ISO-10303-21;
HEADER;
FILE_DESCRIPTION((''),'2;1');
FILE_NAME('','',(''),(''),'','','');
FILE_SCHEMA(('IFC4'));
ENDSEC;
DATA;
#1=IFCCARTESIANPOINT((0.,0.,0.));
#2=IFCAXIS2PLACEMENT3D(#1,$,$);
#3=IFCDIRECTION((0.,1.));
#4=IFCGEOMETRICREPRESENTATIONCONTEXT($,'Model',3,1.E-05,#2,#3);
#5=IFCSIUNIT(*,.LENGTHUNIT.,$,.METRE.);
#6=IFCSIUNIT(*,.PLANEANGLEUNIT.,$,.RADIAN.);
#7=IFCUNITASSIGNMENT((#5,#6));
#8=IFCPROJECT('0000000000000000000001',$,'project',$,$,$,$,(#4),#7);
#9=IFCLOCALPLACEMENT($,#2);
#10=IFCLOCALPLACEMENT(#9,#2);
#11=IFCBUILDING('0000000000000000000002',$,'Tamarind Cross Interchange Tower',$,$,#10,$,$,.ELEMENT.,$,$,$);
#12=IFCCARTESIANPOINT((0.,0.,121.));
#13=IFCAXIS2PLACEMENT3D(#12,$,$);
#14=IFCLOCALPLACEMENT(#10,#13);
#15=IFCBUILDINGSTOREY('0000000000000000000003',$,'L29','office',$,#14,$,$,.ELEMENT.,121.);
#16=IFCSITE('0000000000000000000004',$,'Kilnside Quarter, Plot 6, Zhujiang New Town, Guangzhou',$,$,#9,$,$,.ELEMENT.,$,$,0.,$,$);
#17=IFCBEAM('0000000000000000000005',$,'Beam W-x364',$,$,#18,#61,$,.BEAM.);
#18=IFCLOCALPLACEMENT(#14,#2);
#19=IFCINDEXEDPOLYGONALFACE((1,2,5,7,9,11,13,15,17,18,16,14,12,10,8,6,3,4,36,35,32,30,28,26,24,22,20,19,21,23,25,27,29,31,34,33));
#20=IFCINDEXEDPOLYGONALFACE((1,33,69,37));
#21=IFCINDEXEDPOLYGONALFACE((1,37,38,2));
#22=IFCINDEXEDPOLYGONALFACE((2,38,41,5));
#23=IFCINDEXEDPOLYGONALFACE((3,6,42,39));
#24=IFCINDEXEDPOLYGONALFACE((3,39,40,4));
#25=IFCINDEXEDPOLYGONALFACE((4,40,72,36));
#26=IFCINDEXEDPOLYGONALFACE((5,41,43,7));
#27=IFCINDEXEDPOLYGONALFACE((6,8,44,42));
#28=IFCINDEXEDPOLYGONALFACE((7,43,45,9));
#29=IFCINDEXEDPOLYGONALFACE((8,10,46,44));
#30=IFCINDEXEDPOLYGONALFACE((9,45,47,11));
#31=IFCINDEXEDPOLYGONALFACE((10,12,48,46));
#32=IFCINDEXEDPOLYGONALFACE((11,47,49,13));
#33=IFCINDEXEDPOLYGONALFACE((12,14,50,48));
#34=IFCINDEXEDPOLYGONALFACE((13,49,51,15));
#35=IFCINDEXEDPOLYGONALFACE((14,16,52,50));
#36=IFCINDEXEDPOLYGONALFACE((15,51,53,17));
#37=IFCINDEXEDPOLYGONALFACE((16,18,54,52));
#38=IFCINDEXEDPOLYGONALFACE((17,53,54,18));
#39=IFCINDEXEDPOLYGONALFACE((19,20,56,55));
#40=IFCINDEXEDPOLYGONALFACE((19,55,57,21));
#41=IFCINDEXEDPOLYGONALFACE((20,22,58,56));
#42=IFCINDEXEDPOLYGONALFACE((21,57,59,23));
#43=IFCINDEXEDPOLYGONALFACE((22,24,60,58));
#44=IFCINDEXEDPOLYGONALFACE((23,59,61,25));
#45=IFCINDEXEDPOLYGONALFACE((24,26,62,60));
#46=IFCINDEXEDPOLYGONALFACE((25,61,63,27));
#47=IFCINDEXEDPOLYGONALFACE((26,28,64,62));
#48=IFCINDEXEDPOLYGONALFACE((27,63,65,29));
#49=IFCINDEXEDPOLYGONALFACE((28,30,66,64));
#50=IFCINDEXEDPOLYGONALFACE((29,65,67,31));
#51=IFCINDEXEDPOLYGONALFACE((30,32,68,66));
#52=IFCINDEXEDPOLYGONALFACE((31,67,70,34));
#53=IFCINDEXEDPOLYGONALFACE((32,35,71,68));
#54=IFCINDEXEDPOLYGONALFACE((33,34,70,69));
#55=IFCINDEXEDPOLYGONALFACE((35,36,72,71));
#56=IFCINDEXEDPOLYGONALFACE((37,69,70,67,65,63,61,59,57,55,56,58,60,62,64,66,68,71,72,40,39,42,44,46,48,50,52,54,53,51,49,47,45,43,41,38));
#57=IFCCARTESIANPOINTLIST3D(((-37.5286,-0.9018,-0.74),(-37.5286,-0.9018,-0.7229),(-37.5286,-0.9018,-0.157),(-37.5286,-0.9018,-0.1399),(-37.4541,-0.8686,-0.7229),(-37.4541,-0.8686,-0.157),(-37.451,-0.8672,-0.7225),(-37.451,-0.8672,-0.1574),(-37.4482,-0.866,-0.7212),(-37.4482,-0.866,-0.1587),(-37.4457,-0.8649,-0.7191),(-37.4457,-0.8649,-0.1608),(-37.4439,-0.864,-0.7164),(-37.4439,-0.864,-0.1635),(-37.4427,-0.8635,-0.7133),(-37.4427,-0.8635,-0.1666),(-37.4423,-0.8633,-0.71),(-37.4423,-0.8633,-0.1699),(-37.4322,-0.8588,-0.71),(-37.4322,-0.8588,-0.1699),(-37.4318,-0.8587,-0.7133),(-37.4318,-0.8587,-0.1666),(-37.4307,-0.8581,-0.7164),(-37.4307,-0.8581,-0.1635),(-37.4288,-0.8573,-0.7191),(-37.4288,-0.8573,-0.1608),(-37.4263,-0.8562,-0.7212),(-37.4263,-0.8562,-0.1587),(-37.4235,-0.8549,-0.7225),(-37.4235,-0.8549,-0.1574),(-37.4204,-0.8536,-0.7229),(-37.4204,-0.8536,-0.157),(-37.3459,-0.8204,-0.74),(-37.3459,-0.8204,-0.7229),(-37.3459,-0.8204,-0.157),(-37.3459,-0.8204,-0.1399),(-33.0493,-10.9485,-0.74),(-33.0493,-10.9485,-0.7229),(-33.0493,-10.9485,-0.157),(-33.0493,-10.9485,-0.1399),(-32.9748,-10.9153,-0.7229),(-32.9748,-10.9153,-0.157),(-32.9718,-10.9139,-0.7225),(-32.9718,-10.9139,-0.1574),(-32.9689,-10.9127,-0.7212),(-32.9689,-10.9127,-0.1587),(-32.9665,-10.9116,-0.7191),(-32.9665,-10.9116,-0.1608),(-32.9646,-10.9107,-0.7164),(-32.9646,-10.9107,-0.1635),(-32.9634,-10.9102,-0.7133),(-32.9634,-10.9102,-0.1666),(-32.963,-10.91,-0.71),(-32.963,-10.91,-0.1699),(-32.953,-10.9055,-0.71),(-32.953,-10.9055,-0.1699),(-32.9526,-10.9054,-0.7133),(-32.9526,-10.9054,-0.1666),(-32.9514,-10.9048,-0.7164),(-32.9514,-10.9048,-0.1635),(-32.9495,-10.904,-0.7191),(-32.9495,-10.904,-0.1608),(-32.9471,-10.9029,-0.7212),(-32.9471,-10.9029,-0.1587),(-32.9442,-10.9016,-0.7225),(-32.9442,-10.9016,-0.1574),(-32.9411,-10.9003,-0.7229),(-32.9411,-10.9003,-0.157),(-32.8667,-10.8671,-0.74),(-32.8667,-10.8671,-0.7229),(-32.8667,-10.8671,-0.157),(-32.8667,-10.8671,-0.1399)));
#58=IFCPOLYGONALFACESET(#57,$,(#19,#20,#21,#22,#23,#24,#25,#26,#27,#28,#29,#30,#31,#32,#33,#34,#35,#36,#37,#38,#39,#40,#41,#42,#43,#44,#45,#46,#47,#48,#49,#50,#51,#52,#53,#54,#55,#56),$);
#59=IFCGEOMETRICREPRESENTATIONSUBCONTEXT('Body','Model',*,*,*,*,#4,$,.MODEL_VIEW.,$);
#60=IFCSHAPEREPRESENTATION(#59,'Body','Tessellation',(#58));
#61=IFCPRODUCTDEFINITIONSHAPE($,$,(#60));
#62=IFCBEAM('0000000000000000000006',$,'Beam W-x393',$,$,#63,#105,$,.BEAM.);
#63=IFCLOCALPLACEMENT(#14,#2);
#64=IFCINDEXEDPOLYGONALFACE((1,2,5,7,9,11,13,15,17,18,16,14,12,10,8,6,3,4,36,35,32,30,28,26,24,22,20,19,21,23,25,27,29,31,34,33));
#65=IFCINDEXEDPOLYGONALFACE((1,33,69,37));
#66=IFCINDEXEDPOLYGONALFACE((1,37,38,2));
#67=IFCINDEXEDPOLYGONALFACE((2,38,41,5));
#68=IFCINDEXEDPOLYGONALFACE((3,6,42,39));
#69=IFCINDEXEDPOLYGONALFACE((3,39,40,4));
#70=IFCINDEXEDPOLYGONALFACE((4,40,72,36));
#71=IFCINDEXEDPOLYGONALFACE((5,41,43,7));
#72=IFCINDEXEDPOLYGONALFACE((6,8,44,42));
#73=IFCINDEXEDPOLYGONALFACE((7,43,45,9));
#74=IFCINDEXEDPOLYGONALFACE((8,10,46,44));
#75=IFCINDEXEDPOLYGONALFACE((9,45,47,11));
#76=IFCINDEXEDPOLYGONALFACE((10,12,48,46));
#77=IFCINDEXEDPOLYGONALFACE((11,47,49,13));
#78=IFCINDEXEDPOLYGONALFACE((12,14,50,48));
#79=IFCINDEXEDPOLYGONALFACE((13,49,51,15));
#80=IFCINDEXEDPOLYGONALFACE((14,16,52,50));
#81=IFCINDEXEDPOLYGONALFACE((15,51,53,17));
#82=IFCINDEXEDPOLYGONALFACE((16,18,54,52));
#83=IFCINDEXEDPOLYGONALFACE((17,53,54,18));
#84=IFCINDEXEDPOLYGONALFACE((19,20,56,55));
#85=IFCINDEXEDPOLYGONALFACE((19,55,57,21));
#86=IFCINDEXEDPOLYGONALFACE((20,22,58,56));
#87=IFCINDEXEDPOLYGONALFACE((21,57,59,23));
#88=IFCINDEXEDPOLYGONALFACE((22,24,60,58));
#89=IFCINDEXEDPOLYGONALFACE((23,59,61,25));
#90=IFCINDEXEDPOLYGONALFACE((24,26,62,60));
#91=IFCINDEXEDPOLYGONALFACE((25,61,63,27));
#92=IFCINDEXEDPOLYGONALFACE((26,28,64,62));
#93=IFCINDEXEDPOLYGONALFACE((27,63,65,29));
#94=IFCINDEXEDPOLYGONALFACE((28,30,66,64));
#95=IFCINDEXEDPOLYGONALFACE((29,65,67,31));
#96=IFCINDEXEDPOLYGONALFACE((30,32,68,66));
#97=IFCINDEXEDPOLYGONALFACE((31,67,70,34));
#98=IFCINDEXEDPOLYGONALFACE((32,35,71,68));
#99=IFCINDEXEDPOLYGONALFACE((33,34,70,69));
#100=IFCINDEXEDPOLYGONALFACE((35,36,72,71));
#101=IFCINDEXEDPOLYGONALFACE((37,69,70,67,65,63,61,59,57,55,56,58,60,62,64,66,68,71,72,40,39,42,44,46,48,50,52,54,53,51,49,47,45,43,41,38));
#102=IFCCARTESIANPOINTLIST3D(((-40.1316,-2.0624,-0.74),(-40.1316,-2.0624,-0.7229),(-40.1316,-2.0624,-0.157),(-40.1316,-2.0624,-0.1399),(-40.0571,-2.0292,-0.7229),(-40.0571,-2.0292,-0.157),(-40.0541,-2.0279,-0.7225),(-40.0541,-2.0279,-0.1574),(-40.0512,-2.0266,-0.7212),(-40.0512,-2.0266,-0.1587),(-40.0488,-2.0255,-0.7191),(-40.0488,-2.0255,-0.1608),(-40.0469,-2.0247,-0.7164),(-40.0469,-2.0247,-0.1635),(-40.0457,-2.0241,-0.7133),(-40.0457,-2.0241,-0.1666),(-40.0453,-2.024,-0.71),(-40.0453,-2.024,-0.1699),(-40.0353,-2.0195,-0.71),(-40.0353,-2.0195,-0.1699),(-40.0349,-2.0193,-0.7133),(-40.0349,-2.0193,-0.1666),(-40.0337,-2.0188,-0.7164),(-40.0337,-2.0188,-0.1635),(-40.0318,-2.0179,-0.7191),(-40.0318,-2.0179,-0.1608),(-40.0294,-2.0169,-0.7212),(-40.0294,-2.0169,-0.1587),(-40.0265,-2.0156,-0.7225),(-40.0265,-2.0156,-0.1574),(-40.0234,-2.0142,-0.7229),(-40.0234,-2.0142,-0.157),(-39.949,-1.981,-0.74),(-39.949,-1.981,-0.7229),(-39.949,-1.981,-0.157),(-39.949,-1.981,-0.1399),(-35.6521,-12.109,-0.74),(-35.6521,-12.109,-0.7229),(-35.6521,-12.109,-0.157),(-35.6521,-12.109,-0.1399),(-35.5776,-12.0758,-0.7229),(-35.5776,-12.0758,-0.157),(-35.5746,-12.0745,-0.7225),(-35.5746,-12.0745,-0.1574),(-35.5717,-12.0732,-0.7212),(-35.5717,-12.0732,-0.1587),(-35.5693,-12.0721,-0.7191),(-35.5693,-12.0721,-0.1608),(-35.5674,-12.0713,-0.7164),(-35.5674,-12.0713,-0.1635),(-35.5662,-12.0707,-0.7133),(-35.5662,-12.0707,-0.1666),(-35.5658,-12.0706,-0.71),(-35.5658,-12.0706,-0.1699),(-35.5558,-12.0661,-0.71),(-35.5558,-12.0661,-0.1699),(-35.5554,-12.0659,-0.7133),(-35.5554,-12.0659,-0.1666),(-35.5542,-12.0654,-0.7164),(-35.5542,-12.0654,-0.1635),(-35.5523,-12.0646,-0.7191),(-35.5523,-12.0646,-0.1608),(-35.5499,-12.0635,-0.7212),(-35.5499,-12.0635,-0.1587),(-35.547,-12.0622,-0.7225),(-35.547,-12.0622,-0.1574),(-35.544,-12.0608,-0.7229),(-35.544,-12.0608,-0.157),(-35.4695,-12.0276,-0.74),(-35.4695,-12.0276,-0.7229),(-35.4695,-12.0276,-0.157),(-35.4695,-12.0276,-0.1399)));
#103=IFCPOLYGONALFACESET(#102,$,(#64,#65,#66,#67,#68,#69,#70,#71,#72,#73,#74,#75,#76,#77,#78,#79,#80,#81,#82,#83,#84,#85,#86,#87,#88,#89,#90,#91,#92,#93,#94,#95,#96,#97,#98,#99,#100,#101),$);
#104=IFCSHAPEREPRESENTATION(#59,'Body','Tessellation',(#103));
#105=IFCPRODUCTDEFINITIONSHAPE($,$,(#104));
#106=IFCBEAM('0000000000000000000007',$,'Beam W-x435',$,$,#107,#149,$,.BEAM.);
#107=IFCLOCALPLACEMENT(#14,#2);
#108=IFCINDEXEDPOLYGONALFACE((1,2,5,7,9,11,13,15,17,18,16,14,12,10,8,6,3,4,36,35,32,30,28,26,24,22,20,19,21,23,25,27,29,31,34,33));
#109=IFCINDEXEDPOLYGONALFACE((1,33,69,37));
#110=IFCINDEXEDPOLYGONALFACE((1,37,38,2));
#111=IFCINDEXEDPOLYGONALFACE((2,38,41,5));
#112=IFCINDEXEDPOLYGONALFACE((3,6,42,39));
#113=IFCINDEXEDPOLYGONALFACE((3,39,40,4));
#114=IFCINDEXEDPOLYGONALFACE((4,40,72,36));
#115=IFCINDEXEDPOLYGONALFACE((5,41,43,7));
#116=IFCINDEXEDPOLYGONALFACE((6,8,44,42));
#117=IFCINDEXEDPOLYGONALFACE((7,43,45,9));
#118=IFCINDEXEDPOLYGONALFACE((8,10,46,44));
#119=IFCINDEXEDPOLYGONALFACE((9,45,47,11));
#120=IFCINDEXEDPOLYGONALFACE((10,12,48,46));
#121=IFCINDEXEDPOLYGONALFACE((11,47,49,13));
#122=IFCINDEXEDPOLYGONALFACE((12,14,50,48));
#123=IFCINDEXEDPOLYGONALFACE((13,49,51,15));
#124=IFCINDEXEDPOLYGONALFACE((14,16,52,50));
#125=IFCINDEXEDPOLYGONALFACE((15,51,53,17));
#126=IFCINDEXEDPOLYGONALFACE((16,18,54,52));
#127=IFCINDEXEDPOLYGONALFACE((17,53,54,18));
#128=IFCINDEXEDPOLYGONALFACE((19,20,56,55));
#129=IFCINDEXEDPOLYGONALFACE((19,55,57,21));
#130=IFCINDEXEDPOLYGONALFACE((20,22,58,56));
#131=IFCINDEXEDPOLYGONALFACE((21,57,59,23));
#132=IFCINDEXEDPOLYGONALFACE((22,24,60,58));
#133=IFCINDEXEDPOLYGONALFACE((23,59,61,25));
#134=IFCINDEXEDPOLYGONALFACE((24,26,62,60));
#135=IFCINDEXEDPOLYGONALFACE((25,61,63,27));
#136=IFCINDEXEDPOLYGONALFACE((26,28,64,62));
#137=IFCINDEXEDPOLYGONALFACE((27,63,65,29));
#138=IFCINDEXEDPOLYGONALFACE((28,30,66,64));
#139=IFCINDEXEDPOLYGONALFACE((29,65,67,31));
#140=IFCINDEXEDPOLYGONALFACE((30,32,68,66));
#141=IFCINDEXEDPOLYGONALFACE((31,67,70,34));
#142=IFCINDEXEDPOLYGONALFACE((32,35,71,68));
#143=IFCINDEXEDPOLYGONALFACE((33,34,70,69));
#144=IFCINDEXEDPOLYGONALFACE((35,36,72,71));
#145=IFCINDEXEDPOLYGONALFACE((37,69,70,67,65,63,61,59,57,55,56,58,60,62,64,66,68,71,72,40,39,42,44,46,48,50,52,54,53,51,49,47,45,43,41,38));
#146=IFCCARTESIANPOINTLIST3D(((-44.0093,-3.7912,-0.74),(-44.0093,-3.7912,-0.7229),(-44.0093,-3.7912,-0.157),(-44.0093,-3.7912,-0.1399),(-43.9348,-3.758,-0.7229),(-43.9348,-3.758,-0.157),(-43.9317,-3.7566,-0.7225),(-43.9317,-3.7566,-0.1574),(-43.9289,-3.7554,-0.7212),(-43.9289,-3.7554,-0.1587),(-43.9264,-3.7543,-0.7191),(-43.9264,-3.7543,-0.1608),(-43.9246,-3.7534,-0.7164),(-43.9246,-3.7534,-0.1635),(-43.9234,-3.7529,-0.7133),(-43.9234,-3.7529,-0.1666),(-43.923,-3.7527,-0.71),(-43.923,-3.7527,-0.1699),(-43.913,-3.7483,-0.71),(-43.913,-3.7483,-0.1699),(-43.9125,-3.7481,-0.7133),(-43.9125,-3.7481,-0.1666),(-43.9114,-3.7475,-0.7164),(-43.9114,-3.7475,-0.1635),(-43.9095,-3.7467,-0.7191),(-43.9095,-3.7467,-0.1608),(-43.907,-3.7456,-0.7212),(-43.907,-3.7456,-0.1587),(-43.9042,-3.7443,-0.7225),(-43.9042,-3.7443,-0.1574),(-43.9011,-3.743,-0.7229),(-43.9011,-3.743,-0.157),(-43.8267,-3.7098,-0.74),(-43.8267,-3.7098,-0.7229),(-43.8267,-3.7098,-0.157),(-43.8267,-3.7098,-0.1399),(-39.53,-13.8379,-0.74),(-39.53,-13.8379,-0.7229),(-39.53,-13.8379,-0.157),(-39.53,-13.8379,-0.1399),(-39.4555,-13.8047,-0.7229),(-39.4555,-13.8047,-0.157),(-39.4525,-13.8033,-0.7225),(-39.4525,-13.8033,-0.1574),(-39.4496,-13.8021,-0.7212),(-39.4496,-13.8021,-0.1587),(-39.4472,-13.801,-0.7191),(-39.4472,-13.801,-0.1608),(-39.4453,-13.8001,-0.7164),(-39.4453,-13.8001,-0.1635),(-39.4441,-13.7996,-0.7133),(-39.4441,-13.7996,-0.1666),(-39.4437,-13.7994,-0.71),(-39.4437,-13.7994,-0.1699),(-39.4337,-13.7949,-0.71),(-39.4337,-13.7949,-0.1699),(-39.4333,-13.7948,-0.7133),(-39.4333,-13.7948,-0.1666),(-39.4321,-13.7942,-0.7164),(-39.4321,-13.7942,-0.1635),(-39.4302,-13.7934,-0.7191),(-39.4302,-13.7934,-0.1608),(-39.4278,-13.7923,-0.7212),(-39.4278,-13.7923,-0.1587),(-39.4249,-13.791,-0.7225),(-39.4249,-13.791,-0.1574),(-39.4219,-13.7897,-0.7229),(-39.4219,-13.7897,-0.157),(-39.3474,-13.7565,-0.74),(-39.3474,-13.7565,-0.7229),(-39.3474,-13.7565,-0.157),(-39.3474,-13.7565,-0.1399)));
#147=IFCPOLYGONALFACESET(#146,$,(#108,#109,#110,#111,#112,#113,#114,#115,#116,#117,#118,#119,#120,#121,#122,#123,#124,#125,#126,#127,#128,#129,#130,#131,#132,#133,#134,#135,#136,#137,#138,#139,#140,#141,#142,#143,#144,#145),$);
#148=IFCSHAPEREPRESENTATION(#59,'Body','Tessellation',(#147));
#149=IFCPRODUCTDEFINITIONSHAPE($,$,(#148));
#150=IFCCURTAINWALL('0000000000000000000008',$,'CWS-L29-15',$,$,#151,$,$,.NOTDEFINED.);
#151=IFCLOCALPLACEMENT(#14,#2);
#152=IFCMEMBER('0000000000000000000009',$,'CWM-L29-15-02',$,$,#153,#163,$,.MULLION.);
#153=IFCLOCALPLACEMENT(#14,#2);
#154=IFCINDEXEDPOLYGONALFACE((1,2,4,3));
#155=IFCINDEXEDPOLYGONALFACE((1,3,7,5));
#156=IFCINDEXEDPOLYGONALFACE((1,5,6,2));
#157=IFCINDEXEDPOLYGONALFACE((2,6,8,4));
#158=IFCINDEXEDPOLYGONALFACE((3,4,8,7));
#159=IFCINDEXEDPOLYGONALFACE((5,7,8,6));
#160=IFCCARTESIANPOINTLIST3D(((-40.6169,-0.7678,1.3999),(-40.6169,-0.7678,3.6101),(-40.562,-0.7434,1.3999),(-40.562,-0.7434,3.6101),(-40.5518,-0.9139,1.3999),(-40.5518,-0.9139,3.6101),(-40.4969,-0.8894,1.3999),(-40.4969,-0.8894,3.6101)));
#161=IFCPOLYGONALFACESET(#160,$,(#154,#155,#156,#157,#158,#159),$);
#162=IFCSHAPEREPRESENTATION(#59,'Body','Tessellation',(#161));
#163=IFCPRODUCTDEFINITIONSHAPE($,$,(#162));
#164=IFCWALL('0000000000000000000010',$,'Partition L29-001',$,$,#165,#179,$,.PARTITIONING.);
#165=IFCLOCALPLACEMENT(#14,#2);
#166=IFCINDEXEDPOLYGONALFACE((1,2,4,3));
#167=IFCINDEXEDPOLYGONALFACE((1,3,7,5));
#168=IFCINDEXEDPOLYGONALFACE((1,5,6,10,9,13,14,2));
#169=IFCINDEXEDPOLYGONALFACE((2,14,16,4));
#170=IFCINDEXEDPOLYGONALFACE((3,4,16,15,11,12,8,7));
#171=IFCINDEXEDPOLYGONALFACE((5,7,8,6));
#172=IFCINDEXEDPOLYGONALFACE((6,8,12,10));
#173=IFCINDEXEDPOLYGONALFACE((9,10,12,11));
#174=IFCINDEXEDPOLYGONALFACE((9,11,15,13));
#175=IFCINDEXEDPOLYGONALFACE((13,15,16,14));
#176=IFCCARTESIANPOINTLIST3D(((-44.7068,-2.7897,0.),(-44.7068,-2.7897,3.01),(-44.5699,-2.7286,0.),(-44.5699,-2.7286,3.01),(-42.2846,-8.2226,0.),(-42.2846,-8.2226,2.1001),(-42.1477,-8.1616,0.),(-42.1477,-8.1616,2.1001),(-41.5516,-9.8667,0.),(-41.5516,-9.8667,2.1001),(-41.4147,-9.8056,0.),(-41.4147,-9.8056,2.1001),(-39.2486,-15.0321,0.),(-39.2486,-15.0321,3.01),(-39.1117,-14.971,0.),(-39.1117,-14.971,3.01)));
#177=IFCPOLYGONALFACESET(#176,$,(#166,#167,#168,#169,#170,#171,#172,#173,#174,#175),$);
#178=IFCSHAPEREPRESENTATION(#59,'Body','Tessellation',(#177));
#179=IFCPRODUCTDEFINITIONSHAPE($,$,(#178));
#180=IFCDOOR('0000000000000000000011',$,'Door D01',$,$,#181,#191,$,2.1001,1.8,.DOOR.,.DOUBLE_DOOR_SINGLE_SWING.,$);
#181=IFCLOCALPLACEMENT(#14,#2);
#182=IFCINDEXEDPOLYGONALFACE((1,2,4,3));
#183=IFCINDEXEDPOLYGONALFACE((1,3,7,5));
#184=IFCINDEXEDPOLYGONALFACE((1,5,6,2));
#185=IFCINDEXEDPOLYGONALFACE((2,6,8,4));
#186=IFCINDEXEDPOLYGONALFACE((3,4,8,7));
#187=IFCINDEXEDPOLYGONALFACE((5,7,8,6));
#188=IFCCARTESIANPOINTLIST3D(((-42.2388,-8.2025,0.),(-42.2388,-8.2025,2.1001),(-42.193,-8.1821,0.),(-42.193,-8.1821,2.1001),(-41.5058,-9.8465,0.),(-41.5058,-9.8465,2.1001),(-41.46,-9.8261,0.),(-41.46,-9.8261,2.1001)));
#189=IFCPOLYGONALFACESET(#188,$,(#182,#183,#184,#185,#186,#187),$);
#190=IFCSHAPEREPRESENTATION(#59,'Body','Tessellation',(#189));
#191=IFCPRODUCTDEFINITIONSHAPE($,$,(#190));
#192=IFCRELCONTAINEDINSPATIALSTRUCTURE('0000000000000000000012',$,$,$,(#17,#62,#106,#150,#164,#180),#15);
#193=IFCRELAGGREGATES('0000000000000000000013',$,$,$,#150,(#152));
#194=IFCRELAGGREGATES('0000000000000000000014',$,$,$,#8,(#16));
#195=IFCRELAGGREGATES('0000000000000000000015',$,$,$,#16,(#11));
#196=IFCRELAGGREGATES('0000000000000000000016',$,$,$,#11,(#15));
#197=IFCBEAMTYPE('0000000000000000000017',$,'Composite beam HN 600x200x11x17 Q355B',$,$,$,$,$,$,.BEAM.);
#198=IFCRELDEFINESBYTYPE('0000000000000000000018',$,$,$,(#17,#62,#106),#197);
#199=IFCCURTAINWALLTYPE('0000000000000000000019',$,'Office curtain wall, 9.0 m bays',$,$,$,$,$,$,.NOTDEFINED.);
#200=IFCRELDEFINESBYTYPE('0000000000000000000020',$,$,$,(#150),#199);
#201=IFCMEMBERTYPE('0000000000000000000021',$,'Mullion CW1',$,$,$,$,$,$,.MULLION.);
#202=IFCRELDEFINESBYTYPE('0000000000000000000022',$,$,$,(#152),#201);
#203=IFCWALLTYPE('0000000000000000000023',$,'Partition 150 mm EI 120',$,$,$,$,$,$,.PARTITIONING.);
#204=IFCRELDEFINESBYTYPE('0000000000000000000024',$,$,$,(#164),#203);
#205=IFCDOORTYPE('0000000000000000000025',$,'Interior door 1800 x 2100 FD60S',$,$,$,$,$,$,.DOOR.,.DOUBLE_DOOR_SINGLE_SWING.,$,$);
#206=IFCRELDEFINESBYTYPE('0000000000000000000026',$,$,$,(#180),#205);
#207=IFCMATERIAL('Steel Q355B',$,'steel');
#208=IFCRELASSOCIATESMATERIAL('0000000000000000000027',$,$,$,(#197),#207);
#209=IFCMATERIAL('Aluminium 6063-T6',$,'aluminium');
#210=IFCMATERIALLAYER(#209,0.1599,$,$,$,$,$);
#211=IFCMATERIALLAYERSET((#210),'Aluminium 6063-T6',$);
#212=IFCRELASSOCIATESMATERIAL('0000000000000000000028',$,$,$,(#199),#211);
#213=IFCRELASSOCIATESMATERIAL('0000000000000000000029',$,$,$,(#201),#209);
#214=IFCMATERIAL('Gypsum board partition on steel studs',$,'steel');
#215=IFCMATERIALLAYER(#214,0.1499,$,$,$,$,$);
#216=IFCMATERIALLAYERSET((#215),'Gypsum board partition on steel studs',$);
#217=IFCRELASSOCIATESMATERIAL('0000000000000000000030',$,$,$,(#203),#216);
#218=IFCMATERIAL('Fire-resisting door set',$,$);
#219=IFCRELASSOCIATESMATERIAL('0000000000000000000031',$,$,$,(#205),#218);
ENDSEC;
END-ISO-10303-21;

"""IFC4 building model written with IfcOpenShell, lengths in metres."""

from ifc_helpers import new_model, si_unit, direction, frame, frame_2d, origin, origin_2d, place, context, subcontext, project, spatial, rectangle, i_section, extrude, material, layer, layer_set, material_profile, profile_set, type_object, element, fill, aggregate, save


model = new_model("IFC4")

# Units and contexts
model_context = context("Model", 3, precision=1e-05, world=origin(), true_north=direction((0.0, 1.0)))
body_context = subcontext(model_context, "Body", "Model", "MODEL_VIEW")
ifc_project = project(units=[si_unit("LENGTHUNIT", "METRE"), si_unit("PLANEANGLEUNIT", "RADIAN")], contexts=[model_context])

# Site, building, storey
site_placement = place(None, origin())
site = spatial("IfcSite", under=ifc_project, at=site_placement, Name="Kilnside Quarter, Plot 6, Zhujiang New Town, Guangzhou", CompositionType="ELEMENT", RefElevation=0.0)
building_placement = place(site_placement, origin())
building = spatial("IfcBuilding", under=site, at=building_placement, Name="Tamarind Cross Interchange Tower", CompositionType="ELEMENT")
storey_placement = place(building_placement, frame((0.0, 0.0, 121.0)))
storey = spatial("IfcBuildingStorey", under=building, at=storey_placement, Name="L29", Description="office", CompositionType="ELEMENT", Elevation=121.0)

# Beams
ifc_material_1 = material(Name="Steel Q355B", Category="steel")
ifc_material_profile_1 = material_profile(ifc_material_1, i_section(OverallWidth=0.2, OverallDepth=0.6001, WebThickness=0.011, FlangeThickness=0.0171, FilletRadius=0.0129, at=origin_2d()), Name="HN 600x200x11x17")
ifc_profile_set_1 = profile_set([ifc_material_profile_1], Name="Steel Q355B")
beam_type_1 = type_object("IfcBeamType", Name="Composite beam HN 600x200x11x17 Q355B", PredefinedType="BEAM", material=ifc_profile_set_1)
for number, where, z_axis, x_axis, name in (
    (1, (-37.4373, -0.8611, -0.4399), (0.407207, -0.913336, 0.0), (0.913336, 0.407207, 0.0), "Beam W-x364"),
    (2, (-40.0403, -2.0217, -0.4399), (0.407225, -0.913328, 0.0), (0.913328, 0.407225, 0.0), "Beam W-x393"),
    (3, (-43.918, -3.7505, -0.4399), (0.407207, -0.913336, 0.0), (0.913336, 0.407207, 0.0), "Beam W-x435"),
):
    element("IfcBeam", number, at=place(storey_placement, frame(where, z_axis=z_axis, x_axis=x_axis)), inside=storey, type_object=beam_type_1, Name=name, PredefinedType="BEAM", context=body_context, shape_type="SweptSolid", body=[
        extrude(i_section(OverallWidth=0.2, OverallDepth=0.6001, WebThickness=0.011, FlangeThickness=0.0171, FilletRadius=0.0129, at=origin_2d()), origin(), (0.0, 0.0, 1.0), 11.0),
    ])

# Curtain wall, member
ifc_material_2 = material(Name="Aluminium 6063-T6", Category="aluminium")
ifc_layer_1 = layer(ifc_material_2, 0.1599)
ifc_layer_set_1 = layer_set([ifc_layer_1], Name="Aluminium 6063-T6")
curtain_wall_type = type_object("IfcCurtainWallType", Name="Office curtain wall, 9.0 m bays", PredefinedType="NOTDEFINED", material=ifc_layer_set_1)
curtain_wall_placement = place(storey_placement, origin())
curtain_wall = element("IfcCurtainWall", 4, at=curtain_wall_placement, inside=storey, type_object=curtain_wall_type, Name="CWS-L29-15", PredefinedType="NOTDEFINED")
ifc_material_profile_2 = material_profile(ifc_material_2, rectangle(XDim=0.0601, YDim=0.1599, at=origin_2d()), Name="Mullion CW1")
ifc_profile_set_2 = profile_set([ifc_material_profile_2], Name="Aluminium 6063-T6")
member_type = type_object("IfcMemberType", Name="Mullion CW1", PredefinedType="MULLION", material=ifc_profile_set_2)
member_placement = place(storey_placement, frame((-40.5569, -0.8286, 1.3999), z_axis=(0.0, 0.0, 1.0), x_axis=(-0.91333, -0.407221, 0.0)))
member = element("IfcMember", 5, at=member_placement, type_object=member_type, Name="CWM-L29-15-02", PredefinedType="MULLION", context=body_context, shape_type="SweptSolid", body=[
    extrude(rectangle(XDim=0.0601, YDim=0.1599, at=origin_2d()), origin(), (0.0, 0.0, 1.0), 2.2102),
])
aggregate(curtain_wall, [member])

# Wall, opening, door
ifc_material_3 = material(Name="Gypsum board partition on steel studs", Category="steel")
ifc_layer_2 = layer(ifc_material_3, 0.1499)
ifc_layer_set_2 = layer_set([ifc_layer_2], Name="Gypsum board partition on steel studs")
wall_type = type_object("IfcWallType", Name="Partition 150 mm EI 120", PredefinedType="PARTITIONING", material=ifc_layer_set_2)
wall_1_placement = place(storey_placement, frame((-44.6384, -2.759, 0.0), z_axis=(0.0, 0.0, 1.0), x_axis=(0.407208, -0.913335, 0.0)))
wall_1 = element("IfcWall", 6, at=wall_1_placement, inside=storey, type_object=wall_type, Name="Partition L29-001", PredefinedType="PARTITIONING", context=body_context, shape_type="SweptSolid", body=[
    extrude(rectangle(XDim=13.4041, YDim=0.1499, at=frame_2d((6.7021, 0.0))), origin(), (0.0, 0.0, 1.0), 3.01),
])
opening_placement = place(wall_1_placement, frame((5.9487, 0.0, 0.0)))
opening = element("IfcOpeningElement", 7, at=opening_placement, cuts=wall_1, PredefinedType="OPENING", context=body_context, shape_type="SweptSolid", body=[
    extrude(rectangle(XDim=1.8, YDim=2.1001, at=frame_2d((0.8999, 1.05))), frame((0.0, 0.085, 0.0), z_axis=(0.0, -1.0, 0.0), x_axis=(1.0, 0.0, 0.0)), (0.0, 0.0, 1.0), 0.1699),
])
ifc_material_4 = material(Name="Fire-resisting door set")
door_type = type_object("IfcDoorType", Name="Interior door 1800 x 2100 FD60S", OperationType="DOUBLE_DOOR_SINGLE_SWING", PredefinedType="DOOR", material=ifc_material_4)
door_placement = place(opening_placement, frame((1.8, 0.0, 0.0), z_axis=(0.0, 0.0, 1.0), x_axis=(-1.0, 0.0, 0.0)))
door = element("IfcDoor", 8, at=door_placement, inside=storey, type_object=door_type, Name="Door D01", OperationType="DOUBLE_DOOR_SINGLE_SWING", OverallHeight=2.1001, OverallWidth=1.8, PredefinedType="DOOR", context=body_context, shape_type="SweptSolid", body=[
    extrude(rectangle(XDim=1.8, YDim=2.1001, at=frame_2d((0.8999, 1.05))), frame((0.0, 0.0249, 0.0), z_axis=(0.0, -1.0, 0.0), x_axis=(1.0, 0.0, 0.0)), (0.0, 0.0, 1.0), 0.05),
])
fill(opening, door)

save(model, "model.ifc")
